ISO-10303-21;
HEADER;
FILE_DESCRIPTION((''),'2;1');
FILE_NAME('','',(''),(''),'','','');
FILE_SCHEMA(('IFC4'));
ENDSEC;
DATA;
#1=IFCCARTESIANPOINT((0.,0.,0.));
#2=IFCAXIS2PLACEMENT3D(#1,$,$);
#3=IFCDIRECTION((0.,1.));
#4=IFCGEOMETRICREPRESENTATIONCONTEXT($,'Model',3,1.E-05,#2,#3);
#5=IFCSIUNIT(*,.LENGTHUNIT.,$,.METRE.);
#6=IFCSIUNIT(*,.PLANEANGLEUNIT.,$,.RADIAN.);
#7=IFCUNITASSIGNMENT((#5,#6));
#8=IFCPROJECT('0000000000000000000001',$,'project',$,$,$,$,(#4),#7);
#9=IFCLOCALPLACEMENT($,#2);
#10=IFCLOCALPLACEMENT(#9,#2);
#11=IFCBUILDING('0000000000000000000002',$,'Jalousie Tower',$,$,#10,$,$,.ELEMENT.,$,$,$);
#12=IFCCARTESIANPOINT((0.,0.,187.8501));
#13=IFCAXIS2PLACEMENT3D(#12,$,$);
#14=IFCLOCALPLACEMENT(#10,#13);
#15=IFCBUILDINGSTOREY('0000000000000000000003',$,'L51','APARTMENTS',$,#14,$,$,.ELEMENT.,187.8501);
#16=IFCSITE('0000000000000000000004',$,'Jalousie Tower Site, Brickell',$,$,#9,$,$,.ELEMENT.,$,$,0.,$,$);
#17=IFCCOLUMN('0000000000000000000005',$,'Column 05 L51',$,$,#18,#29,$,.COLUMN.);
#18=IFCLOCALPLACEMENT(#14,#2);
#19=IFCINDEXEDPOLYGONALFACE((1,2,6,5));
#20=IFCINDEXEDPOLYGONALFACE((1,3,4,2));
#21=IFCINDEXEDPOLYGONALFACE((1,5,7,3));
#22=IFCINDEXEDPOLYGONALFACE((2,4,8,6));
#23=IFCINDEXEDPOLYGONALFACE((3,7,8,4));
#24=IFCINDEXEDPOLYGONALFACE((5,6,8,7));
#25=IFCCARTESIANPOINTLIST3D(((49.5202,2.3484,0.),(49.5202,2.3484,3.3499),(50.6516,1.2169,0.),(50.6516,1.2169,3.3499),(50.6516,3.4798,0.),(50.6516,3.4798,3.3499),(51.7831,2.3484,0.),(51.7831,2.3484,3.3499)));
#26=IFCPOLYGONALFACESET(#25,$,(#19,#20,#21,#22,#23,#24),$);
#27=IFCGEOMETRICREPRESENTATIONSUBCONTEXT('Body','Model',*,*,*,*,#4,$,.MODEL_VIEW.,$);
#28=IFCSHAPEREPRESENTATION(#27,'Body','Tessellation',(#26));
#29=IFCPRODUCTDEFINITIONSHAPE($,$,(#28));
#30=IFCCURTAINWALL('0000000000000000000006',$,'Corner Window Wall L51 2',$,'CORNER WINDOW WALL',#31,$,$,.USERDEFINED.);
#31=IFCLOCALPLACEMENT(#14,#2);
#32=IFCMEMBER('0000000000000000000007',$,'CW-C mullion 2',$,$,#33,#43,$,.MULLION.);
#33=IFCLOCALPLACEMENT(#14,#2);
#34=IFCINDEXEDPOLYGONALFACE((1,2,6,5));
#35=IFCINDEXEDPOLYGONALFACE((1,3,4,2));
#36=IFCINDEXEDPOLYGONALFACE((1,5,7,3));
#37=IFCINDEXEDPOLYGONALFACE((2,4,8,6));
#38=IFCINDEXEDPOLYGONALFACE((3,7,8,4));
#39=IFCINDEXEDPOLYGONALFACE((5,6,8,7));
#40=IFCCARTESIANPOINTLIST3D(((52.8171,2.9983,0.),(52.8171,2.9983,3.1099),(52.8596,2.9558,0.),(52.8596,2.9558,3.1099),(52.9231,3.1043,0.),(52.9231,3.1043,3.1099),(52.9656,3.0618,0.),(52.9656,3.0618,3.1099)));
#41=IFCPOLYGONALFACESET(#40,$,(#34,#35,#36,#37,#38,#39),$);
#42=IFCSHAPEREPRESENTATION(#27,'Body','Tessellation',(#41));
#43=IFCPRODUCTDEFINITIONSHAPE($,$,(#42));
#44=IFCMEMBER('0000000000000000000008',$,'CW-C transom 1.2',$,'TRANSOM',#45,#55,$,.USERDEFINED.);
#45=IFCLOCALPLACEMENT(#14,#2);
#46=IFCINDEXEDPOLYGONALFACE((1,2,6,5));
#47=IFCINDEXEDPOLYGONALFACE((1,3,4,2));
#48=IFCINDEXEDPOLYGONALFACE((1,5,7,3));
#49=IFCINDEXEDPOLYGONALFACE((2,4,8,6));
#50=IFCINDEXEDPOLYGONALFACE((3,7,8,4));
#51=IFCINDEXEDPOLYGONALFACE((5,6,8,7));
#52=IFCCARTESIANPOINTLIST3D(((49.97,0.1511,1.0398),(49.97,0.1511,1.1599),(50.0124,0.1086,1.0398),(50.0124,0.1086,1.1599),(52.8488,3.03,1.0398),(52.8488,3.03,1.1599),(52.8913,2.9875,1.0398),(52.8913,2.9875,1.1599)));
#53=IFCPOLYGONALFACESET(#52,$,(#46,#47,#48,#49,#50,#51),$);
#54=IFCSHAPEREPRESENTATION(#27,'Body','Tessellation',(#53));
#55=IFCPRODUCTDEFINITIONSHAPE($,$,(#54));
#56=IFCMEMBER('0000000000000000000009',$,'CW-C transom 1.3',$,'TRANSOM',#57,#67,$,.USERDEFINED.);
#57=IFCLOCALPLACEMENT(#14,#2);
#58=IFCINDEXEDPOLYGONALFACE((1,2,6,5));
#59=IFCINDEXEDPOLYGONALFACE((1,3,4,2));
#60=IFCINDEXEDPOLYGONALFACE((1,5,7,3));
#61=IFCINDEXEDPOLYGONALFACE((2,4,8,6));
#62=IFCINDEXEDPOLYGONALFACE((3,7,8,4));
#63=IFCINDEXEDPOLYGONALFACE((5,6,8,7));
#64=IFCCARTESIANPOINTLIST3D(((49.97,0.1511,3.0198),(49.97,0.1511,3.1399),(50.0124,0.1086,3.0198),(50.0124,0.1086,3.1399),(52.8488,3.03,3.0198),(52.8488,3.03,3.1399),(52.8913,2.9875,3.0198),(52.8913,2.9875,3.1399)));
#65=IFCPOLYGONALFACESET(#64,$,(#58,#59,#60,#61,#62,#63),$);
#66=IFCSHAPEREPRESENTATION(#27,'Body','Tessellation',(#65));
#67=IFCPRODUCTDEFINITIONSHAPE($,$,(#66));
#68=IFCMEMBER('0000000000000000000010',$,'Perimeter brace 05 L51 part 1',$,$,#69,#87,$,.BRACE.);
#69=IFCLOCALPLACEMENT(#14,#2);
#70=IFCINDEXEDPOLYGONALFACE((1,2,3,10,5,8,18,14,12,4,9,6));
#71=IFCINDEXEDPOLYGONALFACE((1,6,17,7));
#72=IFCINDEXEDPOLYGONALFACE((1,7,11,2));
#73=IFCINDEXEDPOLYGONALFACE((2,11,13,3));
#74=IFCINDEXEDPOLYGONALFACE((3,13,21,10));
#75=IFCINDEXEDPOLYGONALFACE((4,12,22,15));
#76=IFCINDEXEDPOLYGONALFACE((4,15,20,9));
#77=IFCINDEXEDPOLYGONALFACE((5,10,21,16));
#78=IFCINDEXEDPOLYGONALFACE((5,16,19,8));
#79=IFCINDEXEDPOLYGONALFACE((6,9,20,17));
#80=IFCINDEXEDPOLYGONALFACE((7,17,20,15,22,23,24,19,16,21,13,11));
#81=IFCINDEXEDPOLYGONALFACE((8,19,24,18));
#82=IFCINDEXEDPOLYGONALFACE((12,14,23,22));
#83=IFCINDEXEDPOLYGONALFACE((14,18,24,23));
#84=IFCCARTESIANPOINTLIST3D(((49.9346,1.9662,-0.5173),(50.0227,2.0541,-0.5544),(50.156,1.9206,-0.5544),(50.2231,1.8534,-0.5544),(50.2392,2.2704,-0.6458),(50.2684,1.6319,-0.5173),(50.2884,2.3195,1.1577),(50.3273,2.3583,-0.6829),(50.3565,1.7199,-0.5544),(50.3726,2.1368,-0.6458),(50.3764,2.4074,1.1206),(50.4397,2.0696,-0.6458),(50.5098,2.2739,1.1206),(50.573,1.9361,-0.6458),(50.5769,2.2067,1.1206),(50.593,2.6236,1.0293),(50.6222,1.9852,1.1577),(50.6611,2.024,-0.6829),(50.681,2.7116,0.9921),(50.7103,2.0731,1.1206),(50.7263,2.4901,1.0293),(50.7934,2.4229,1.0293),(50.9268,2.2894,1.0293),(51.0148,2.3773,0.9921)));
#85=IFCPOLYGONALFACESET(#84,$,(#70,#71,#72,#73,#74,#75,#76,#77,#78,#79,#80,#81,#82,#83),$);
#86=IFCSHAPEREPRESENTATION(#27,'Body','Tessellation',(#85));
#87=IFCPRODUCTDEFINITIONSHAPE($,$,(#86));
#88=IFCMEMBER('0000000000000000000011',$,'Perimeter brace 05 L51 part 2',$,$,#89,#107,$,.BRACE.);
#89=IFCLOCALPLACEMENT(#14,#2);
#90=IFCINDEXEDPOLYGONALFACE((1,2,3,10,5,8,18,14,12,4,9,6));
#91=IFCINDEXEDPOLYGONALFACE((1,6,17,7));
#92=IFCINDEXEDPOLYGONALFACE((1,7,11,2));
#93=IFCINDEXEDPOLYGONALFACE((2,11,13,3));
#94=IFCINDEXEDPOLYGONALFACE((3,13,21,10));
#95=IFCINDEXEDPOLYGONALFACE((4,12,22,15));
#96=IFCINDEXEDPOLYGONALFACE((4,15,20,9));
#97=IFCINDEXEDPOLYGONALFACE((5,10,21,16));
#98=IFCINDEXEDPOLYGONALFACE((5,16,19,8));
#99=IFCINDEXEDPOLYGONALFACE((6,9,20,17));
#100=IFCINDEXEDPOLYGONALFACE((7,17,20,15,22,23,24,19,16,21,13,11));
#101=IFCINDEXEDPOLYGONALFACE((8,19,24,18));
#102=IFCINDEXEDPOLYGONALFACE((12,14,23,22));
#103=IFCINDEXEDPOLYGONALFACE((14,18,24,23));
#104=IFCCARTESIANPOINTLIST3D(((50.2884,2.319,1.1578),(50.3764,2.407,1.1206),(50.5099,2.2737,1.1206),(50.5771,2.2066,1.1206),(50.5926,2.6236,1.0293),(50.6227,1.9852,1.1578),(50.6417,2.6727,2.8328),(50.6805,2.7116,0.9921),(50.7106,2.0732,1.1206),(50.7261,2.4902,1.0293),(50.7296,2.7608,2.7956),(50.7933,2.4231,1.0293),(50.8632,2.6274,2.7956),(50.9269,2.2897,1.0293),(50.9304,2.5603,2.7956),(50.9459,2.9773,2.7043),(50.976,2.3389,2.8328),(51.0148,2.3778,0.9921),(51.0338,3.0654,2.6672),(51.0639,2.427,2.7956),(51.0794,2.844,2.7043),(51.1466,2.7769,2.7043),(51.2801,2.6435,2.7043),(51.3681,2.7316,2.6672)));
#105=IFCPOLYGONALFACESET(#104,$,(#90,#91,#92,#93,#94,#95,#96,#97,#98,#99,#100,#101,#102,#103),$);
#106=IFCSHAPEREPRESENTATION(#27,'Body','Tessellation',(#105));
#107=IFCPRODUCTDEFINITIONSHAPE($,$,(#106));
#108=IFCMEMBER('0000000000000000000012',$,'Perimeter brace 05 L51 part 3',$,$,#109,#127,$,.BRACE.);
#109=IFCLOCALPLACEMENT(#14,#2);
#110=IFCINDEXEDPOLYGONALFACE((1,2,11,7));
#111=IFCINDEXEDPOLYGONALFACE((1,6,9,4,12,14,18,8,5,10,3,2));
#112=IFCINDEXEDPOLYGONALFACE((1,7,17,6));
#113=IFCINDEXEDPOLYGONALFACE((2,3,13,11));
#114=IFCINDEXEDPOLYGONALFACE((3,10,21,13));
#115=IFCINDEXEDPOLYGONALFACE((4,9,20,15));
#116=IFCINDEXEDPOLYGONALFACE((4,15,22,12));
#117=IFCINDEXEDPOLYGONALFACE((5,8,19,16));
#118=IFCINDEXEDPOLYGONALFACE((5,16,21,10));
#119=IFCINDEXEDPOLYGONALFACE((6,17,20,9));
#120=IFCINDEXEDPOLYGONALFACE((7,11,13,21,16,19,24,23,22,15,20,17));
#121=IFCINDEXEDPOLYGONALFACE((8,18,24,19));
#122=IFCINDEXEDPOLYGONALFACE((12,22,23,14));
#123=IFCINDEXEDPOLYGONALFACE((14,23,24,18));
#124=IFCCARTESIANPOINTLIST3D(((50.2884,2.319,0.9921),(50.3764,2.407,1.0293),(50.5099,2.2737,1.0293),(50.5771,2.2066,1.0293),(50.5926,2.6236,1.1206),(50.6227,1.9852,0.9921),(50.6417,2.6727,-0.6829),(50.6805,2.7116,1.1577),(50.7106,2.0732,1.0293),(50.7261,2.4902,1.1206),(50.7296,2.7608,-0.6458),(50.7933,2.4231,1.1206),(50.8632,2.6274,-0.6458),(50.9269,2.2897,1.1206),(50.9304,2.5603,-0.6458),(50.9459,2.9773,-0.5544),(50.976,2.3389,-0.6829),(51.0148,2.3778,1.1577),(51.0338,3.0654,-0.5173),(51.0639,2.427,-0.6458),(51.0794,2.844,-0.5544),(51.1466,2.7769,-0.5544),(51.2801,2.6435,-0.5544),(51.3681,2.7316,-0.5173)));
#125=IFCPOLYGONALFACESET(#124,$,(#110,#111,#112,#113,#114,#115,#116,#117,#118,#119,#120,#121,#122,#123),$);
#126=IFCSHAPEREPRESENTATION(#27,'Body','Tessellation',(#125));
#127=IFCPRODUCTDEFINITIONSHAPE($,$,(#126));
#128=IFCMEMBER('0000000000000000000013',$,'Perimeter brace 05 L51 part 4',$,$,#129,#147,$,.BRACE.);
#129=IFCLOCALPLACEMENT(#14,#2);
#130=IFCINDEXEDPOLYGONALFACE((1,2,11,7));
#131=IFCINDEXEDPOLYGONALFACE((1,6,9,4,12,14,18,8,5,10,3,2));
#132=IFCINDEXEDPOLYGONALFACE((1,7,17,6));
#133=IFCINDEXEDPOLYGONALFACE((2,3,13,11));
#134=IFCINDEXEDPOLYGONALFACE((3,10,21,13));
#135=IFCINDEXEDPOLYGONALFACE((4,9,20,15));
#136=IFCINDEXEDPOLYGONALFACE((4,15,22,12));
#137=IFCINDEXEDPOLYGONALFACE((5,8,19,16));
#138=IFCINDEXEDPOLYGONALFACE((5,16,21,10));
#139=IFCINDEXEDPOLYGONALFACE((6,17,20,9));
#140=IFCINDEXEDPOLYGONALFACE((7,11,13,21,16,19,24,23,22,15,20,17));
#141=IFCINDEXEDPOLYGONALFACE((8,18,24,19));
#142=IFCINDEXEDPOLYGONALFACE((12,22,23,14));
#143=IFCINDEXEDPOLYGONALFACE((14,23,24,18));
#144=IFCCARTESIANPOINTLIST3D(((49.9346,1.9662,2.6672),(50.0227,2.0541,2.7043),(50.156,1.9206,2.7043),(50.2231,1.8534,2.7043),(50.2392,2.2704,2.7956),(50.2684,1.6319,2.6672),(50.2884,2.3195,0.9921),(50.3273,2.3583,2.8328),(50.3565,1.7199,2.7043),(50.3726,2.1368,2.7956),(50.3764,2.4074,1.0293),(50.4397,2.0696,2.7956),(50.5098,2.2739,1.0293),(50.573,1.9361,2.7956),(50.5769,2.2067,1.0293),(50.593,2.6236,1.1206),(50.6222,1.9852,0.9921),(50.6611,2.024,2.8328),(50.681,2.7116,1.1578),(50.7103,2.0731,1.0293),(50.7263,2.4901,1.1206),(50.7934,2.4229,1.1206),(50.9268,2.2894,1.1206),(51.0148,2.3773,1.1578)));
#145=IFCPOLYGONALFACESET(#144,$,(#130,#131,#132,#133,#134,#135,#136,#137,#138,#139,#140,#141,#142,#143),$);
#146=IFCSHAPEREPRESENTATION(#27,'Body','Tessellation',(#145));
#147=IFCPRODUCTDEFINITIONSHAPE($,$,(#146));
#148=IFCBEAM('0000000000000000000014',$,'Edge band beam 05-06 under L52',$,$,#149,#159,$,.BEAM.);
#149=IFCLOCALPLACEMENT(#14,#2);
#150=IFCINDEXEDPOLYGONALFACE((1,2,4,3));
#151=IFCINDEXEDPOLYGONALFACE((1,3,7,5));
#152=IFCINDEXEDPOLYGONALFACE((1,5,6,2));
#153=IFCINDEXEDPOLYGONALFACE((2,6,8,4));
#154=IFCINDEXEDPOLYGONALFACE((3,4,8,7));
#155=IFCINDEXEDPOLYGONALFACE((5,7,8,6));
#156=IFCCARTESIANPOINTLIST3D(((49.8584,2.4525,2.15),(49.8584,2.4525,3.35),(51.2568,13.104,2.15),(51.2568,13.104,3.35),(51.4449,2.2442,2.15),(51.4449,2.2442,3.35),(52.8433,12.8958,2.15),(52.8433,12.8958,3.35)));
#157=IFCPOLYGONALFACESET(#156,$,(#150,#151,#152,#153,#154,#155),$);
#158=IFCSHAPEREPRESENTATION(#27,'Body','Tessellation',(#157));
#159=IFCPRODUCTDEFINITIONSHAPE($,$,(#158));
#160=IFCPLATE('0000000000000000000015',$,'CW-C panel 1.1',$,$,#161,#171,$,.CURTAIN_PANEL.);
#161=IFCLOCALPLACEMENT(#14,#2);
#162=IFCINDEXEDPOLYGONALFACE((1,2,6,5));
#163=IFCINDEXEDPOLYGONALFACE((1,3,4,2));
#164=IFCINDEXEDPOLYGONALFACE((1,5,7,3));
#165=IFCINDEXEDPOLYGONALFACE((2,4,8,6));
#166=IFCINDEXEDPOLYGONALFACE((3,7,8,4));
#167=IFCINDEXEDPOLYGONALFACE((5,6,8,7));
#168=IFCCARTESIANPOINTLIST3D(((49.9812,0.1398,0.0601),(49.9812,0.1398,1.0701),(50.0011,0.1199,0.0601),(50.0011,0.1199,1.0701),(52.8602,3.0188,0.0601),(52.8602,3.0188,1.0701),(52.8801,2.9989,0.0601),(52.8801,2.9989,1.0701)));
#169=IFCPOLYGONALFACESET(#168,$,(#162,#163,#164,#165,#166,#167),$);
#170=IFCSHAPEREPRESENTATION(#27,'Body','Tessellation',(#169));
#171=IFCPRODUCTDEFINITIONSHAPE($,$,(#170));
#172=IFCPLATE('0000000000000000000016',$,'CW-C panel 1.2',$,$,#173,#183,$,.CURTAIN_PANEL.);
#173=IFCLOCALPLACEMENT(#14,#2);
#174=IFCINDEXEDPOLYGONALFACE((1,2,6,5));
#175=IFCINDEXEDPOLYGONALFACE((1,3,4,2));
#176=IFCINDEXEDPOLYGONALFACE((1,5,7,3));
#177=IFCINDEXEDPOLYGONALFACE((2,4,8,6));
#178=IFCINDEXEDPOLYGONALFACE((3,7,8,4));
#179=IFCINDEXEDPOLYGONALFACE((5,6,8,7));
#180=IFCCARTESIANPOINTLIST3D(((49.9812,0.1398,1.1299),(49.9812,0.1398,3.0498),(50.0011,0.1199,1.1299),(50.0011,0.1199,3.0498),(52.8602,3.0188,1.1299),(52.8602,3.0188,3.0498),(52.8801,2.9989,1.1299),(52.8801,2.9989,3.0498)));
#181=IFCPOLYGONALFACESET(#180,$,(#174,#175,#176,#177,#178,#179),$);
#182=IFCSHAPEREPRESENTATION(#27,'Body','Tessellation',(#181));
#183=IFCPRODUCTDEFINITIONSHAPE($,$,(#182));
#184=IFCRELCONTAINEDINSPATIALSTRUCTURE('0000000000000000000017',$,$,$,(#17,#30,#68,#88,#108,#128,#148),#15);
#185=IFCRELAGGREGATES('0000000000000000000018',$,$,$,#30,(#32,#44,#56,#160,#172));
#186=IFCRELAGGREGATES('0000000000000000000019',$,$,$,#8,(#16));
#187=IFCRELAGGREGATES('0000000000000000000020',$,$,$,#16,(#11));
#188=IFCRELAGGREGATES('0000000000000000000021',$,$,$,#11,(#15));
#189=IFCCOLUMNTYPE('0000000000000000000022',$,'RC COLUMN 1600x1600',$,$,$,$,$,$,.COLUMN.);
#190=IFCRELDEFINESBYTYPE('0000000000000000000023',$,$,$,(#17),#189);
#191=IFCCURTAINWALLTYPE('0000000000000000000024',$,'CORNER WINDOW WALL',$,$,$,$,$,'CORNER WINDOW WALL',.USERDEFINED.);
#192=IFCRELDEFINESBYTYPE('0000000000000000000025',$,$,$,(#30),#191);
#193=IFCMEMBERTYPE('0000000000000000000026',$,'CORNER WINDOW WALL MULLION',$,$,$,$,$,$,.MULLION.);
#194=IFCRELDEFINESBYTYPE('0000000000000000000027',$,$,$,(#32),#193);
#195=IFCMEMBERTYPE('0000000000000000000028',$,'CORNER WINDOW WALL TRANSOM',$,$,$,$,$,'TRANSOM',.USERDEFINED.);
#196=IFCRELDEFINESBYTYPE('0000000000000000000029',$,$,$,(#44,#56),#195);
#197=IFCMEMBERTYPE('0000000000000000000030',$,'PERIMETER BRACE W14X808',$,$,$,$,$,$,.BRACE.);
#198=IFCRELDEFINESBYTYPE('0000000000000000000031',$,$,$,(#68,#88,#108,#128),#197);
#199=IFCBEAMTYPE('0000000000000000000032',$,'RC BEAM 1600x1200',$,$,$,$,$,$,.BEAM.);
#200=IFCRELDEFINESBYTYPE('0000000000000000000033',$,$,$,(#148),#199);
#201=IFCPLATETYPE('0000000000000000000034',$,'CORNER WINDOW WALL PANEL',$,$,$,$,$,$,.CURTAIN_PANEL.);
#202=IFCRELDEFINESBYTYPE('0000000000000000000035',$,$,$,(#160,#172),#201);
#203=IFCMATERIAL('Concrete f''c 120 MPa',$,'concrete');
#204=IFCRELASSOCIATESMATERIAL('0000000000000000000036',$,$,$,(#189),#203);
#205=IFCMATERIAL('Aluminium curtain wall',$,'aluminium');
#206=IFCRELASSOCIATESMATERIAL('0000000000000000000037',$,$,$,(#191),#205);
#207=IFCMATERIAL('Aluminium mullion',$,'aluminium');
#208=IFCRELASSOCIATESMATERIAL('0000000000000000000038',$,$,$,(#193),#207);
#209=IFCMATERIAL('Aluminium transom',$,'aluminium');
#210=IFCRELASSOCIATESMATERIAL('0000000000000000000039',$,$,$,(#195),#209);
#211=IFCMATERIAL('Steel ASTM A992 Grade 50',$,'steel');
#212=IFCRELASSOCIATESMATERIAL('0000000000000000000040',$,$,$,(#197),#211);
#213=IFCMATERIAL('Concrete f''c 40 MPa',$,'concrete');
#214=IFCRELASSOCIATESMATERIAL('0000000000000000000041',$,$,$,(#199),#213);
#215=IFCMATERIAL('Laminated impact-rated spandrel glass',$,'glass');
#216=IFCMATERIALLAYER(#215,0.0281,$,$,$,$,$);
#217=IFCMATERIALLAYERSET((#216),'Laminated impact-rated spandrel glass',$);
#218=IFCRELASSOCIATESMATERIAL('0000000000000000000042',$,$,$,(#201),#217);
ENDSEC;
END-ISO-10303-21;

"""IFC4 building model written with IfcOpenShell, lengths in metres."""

from ifc_helpers import new_model, si_unit, direction, frame, origin, origin_2d, place, context, subcontext, project, spatial, rectangle, i_section, extrude, material, layer, layer_set, material_profile, profile_set, type_object, element, aggregate, save


model = new_model("IFC4")

# Units and contexts
model_context = context("Model", 3, precision=1e-05, world=origin(), true_north=direction((0.0, 1.0)))
body_context = subcontext(model_context, "Body", "Model", "MODEL_VIEW")
ifc_project = project(units=[si_unit("LENGTHUNIT", "METRE"), si_unit("PLANEANGLEUNIT", "RADIAN")], contexts=[model_context])

# Site, building, storey
site_placement = place(None, origin())
site = spatial("IfcSite", under=ifc_project, at=site_placement, Name="Jalousie Tower Site, Brickell", CompositionType="ELEMENT", RefElevation=0.0)
building_placement = place(site_placement, origin())
building = spatial("IfcBuilding", under=site, at=building_placement, Name="Jalousie Tower", CompositionType="ELEMENT")
storey_placement = place(building_placement, frame((0.0, 0.0, 187.8501)))
storey = spatial("IfcBuildingStorey", under=building, at=storey_placement, Name="L51", Description="APARTMENTS", CompositionType="ELEMENT", Elevation=187.8501)

# Column
ifc_material_1 = material(Name="Concrete f'c 120 MPa", Category="concrete")
ifc_material_profile_1 = material_profile(ifc_material_1, rectangle(XDim=1.6001, YDim=1.6001, at=origin_2d()), Name="RC 1600x1600")
ifc_profile_set_1 = profile_set([ifc_material_profile_1], Name="Concrete f'c 120 MPa")
column_type = type_object("IfcColumnType", Name="RC COLUMN 1600x1600", PredefinedType="COLUMN", material=ifc_profile_set_1)
column_placement = place(storey_placement, frame((50.6516, 2.3484, 0.0), z_axis=(0.0, 0.0, 1.0), x_axis=(0.707107, 0.707107, 0.0)))
element("IfcColumn", 1, at=column_placement, inside=storey, type_object=column_type, Name="Column 05 L51", PredefinedType="COLUMN", context=body_context, shape_type="SweptSolid", body=[
    extrude(rectangle(XDim=1.6001, YDim=1.6001, at=origin_2d()), origin(), (0.0, 0.0, 1.0), 3.3499),
])

# Curtain wall, members
ifc_material_2 = material(Name="Aluminium curtain wall", Category="aluminium")
curtain_wall_type = type_object("IfcCurtainWallType", Name="CORNER WINDOW WALL", ElementType="CORNER WINDOW WALL", PredefinedType="USERDEFINED", material=ifc_material_2)
curtain_wall_placement = place(storey_placement, origin())
curtain_wall = element("IfcCurtainWall", 2, at=curtain_wall_placement, inside=storey, type_object=curtain_wall_type, Name="Corner Window Wall L51 2", ObjectType="CORNER WINDOW WALL", PredefinedType="USERDEFINED")
ifc_material_3 = material(Name="Aluminium mullion", Category="aluminium")
ifc_material_profile_2 = material_profile(ifc_material_3, rectangle(XDim=0.0601, YDim=0.1499, at=origin_2d()), Name="MULLION 60x150")
ifc_profile_set_2 = profile_set([ifc_material_profile_2], Name="Aluminium mullion")
member_type_1 = type_object("IfcMemberType", Name="CORNER WINDOW WALL MULLION", PredefinedType="MULLION", material=ifc_profile_set_2)
member_1_placement = place(storey_placement, frame((52.8914, 3.03, 0.0), z_axis=(0.0, 0.0, 1.0), x_axis=(-0.707107, 0.707107, 0.0)))
member_1 = element("IfcMember", 3, at=member_1_placement, type_object=member_type_1, Name="CW-C mullion 2", PredefinedType="MULLION", context=body_context, shape_type="SweptSolid", body=[
    extrude(rectangle(XDim=0.0601, YDim=0.1499, at=origin_2d()), origin(), (0.0, 0.0, 1.0), 3.1099),
])
ifc_material_4 = material(Name="Aluminium transom", Category="aluminium")
ifc_material_profile_3 = material_profile(ifc_material_4, rectangle(XDim=0.0601, YDim=0.1201, at=origin_2d()), Name="TRANSOM 60x120")
ifc_profile_set_3 = profile_set([ifc_material_profile_3], Name="Aluminium transom")
member_type_2 = type_object("IfcMemberType", Name="CORNER WINDOW WALL TRANSOM", ElementType="TRANSOM", PredefinedType="USERDEFINED", material=ifc_profile_set_3)
member_2_placement = place(storey_placement, frame((49.9912, 0.1299, 1.0999), z_axis=(0.707107, 0.707107, 0.0), x_axis=(-0.707107, 0.707107, 0.0)))
member_2 = element("IfcMember", 4, at=member_2_placement, type_object=member_type_2, Name="CW-C transom 1.2", ObjectType="TRANSOM", PredefinedType="USERDEFINED", context=body_context, shape_type="SweptSolid", body=[
    extrude(rectangle(XDim=0.0601, YDim=0.1201, at=origin_2d()), origin(), (0.0, 0.0, 1.0), 4.0713),
])
member_3_placement = place(storey_placement, frame((49.9912, 0.1299, 3.0798), z_axis=(0.707107, 0.707107, 0.0), x_axis=(-0.707107, 0.707107, 0.0)))
member_3 = element("IfcMember", 5, at=member_3_placement, type_object=member_type_2, Name="CW-C transom 1.3", ObjectType="TRANSOM", PredefinedType="USERDEFINED", context=body_context, shape_type="SweptSolid", body=[
    extrude(rectangle(XDim=0.0601, YDim=0.1201, at=origin_2d()), origin(), (0.0, 0.0, 1.0), 4.0713),
])

# Members
ifc_material_5 = material(Name="Steel ASTM A992 Grade 50", Category="steel")
ifc_material_profile_4 = material_profile(ifc_material_5, i_section(OverallWidth=0.4724, OverallDepth=0.5791, WebThickness=0.095, FlangeThickness=0.1299, at=origin_2d()), Name="W14X808")
ifc_profile_set_4 = profile_set([ifc_material_profile_4], Name="Steel ASTM A992 Grade 50")
member_type_3 = type_object("IfcMemberType", Name="PERIMETER BRACE W14X808", PredefinedType="BRACE", material=ifc_profile_set_4)
for number, where, z_axis, x_axis, name in (
    (6, (50.2979, 1.9951, -0.6001), (0.202372, 0.202093, 0.95823), (-0.706618, 0.707595, 0.0), "Perimeter brace 05 L51 part 1"),
    (7, (50.6516, 2.3484, 1.075), (0.202093, 0.202372, 0.95823), (-0.707595, 0.706618, 0.0), "Perimeter brace 05 L51 part 2"),
    (8, (51.0049, 2.7021, -0.6001), (-0.202093, -0.202372, 0.95823), (0.707595, -0.706618, 0.0), "Perimeter brace 05 L51 part 3"),
    (9, (50.6516, 2.3484, 1.075), (-0.202372, -0.202093, 0.95823), (0.706618, -0.707595, 0.0), "Perimeter brace 05 L51 part 4"),
):
    element("IfcMember", number, at=place(storey_placement, frame(where, z_axis=z_axis, x_axis=x_axis)), inside=storey, type_object=member_type_3, Name=name, PredefinedType="BRACE", context=body_context, shape_type="SweptSolid", body=[
        extrude(i_section(OverallWidth=0.4724, OverallDepth=0.5791, WebThickness=0.095, FlangeThickness=0.1299, at=origin_2d()), origin(), (0.0, 0.0, 1.0), 1.748),
    ])

# Beam
ifc_material_6 = material(Name="Concrete f'c 40 MPa", Category="concrete")
ifc_material_profile_5 = material_profile(ifc_material_6, rectangle(XDim=1.6001, YDim=1.2, at=origin_2d()), Name="RC 1600x1200")
ifc_profile_set_5 = profile_set([ifc_material_profile_5], Name="Concrete f'c 40 MPa")
beam_type = type_object("IfcBeamType", Name="RC BEAM 1600x1200", PredefinedType="BEAM", material=ifc_profile_set_5)
beam_placement = place(storey_placement, frame((50.6516, 2.3484, 2.75), z_axis=(0.130172, 0.991491, 0.0), x_axis=(-0.991491, 0.130172, 0.0)))
element("IfcBeam", 10, at=beam_placement, inside=storey, type_object=beam_type, Name="Edge band beam 05-06 under L52", PredefinedType="BEAM", context=body_context, shape_type="SweptSolid", body=[
    extrude(rectangle(XDim=1.6001, YDim=1.2, at=origin_2d()), origin(), (0.0, 0.0, 1.0), 10.7429),
])

# Plates
ifc_material_7 = material(Name="Laminated impact-rated spandrel glass", Category="glass")
ifc_layer = layer(ifc_material_7, 0.0281)
ifc_layer_set = layer_set([ifc_layer], Name="Laminated impact-rated spandrel glass")
plate_type = type_object("IfcPlateType", Name="CORNER WINDOW WALL PANEL", PredefinedType="CURTAIN_PANEL", material=ifc_layer_set)
plate_1_placement = place(storey_placement, frame((51.4307, 1.5693, 0.0601), z_axis=(0.0, 0.0, 1.0), x_axis=(0.707107, 0.707107, 0.0)))
plate_1 = element("IfcPlate", 11, at=plate_1_placement, type_object=plate_type, Name="CW-C panel 1.1", PredefinedType="CURTAIN_PANEL", context=body_context, shape_type="SweptSolid", body=[
    extrude(rectangle(XDim=4.0715, YDim=0.0281, at=origin_2d()), origin(), (0.0, 0.0, 1.0), 1.01),
])
plate_2_placement = place(storey_placement, frame((51.4307, 1.5693, 1.1299), z_axis=(0.0, 0.0, 1.0), x_axis=(0.707107, 0.707107, 0.0)))
plate_2 = element("IfcPlate", 12, at=plate_2_placement, type_object=plate_type, Name="CW-C panel 1.2", PredefinedType="CURTAIN_PANEL", context=body_context, shape_type="SweptSolid", body=[
    extrude(rectangle(XDim=4.0715, YDim=0.0281, at=origin_2d()), origin(), (0.0, 0.0, 1.0), 1.9199),
])
aggregate(curtain_wall, [member_1, member_2, member_3, plate_1, plate_2])

save(model, "model.ifc")
